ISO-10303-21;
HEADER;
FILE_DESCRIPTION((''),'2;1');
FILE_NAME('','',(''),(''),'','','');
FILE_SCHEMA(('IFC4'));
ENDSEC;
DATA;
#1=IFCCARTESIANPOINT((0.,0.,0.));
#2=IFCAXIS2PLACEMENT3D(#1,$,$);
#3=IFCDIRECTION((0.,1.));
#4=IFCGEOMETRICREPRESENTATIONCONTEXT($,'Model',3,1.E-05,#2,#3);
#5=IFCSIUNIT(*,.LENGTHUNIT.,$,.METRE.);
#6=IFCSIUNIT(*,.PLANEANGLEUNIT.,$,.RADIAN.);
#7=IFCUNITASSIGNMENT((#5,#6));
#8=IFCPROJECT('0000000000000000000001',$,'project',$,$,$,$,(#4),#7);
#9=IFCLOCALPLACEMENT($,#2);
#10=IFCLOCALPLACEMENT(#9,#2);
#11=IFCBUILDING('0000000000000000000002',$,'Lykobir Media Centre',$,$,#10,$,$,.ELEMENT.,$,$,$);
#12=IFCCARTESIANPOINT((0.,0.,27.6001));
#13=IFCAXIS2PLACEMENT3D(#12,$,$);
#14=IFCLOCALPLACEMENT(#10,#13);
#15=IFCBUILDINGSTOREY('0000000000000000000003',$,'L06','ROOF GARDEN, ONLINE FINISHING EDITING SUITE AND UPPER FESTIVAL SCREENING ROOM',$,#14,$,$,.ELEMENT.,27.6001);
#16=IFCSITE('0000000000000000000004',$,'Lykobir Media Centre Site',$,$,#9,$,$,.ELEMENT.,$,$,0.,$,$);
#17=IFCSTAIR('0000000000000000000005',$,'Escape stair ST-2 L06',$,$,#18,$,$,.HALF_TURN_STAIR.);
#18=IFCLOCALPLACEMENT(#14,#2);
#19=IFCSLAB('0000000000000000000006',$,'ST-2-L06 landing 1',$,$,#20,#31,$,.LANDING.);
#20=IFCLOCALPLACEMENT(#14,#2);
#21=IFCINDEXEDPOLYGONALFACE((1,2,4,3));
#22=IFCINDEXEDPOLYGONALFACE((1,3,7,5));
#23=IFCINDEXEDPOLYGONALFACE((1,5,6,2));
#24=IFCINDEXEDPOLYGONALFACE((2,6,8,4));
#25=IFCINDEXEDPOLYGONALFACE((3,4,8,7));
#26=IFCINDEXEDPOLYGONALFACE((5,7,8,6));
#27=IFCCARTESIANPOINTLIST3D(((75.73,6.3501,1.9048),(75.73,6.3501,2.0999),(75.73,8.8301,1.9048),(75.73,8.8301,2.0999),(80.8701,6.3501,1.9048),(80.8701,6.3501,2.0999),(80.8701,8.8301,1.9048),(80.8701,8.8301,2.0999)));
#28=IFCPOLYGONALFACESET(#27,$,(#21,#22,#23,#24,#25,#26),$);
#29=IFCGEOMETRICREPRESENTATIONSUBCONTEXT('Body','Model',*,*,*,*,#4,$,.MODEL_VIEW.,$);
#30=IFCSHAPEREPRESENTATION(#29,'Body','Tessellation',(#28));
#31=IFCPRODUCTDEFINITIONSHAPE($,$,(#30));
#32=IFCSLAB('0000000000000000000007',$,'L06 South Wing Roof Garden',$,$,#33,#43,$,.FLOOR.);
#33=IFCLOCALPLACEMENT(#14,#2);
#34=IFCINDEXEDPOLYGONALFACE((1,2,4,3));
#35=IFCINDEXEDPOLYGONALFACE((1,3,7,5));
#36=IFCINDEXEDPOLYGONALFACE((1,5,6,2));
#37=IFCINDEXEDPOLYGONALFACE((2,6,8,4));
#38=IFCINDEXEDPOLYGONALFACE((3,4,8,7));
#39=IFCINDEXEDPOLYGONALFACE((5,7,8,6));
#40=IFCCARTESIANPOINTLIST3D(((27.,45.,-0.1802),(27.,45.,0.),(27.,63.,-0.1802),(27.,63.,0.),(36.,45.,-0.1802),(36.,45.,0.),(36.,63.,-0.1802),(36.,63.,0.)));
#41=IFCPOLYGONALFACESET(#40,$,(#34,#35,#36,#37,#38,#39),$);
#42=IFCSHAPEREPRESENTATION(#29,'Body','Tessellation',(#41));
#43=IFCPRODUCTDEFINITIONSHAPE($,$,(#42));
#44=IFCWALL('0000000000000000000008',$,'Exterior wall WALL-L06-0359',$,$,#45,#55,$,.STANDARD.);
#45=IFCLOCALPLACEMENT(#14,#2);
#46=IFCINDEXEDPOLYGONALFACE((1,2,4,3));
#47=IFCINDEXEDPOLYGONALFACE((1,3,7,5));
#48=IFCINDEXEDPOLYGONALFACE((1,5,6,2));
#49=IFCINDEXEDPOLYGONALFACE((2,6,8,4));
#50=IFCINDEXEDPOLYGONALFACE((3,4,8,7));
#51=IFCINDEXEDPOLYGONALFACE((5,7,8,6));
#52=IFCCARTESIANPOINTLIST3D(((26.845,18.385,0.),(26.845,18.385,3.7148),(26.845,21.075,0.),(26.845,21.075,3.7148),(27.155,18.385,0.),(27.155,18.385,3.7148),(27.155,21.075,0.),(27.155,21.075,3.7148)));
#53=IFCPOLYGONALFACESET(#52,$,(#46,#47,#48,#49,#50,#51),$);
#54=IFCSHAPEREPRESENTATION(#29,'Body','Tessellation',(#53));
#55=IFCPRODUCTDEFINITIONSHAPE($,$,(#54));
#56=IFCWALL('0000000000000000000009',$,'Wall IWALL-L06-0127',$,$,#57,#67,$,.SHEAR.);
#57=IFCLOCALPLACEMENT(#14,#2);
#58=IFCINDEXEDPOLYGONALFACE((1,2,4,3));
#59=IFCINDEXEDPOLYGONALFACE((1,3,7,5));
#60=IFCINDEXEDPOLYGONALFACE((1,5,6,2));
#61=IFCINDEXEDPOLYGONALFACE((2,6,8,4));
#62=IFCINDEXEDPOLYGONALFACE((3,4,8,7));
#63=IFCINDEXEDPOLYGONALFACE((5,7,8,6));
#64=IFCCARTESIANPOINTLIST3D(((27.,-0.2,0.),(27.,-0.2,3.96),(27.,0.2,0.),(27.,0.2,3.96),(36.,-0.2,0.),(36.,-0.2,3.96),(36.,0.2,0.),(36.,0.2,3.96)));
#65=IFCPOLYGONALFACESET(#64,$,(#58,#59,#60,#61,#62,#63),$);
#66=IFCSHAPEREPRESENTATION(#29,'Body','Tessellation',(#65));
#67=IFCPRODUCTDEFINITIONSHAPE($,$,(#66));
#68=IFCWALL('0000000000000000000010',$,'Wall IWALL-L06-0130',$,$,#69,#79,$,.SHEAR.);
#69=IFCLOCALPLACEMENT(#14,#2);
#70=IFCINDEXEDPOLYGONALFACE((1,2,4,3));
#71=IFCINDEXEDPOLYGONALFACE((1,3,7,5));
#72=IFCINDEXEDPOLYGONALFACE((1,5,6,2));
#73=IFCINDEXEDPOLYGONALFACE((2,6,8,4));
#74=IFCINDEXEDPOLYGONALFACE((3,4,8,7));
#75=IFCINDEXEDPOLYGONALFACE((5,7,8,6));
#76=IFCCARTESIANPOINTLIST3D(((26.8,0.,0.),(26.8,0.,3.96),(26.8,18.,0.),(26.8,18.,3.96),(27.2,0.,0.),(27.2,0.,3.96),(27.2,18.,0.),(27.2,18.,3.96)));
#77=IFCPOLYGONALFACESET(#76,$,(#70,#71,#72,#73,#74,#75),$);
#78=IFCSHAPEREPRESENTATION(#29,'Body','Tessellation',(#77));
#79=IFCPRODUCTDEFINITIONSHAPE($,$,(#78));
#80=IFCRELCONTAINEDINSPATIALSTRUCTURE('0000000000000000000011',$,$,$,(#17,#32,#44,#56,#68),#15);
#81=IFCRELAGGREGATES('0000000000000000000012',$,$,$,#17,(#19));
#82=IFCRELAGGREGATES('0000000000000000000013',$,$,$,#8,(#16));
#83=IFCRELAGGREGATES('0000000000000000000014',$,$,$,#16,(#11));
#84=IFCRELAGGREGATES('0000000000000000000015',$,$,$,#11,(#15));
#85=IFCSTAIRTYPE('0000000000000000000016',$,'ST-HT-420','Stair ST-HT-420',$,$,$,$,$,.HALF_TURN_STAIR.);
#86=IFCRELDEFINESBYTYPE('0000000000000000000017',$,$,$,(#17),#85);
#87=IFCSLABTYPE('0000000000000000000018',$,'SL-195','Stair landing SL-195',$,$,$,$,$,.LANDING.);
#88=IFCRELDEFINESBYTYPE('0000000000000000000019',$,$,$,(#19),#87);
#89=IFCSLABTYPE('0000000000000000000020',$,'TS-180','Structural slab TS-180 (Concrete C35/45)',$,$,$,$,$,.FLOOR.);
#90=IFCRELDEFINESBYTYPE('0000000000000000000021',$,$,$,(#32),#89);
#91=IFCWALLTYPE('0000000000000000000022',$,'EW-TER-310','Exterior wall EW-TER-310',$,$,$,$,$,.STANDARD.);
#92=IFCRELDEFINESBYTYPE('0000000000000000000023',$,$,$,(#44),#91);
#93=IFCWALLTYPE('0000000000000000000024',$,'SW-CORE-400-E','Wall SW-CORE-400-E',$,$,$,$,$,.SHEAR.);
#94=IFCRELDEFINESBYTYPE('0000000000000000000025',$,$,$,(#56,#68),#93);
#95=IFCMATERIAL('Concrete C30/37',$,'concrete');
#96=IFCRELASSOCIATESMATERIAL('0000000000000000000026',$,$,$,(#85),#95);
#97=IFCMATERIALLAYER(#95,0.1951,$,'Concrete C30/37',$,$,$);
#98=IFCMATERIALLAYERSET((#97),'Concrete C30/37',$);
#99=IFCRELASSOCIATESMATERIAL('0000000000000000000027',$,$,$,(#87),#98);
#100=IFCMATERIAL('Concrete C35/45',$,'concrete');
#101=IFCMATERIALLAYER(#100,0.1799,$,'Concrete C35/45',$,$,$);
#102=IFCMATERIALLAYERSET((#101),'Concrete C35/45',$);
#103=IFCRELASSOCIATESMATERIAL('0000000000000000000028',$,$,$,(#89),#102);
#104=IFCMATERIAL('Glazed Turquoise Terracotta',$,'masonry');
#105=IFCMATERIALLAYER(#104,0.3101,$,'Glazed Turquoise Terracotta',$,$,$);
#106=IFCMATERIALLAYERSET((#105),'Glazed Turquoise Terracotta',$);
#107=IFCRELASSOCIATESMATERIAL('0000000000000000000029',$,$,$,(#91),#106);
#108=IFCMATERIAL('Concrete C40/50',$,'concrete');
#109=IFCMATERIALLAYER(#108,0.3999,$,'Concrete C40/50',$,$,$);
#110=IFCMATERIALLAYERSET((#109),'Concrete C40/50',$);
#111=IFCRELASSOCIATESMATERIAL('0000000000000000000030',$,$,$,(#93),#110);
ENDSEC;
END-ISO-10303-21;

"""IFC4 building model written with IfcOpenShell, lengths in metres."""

from ifc_helpers import new_model, si_unit, direction, frame, frame_2d, origin, place, context, subcontext, project, spatial, polyline, rectangle, outline, extrude, material, layer, layer_set, type_object, element, aggregate, save


model = new_model("IFC4")

# Units and contexts
model_context = context("Model", 3, precision=1e-05, world=origin(), true_north=direction((0.0, 1.0)))
body_context = subcontext(model_context, "Body", "Model", "MODEL_VIEW")
ifc_project = project(units=[si_unit("LENGTHUNIT", "METRE"), si_unit("PLANEANGLEUNIT", "RADIAN")], contexts=[model_context])

# Site, building, storey
site_placement = place(None, origin())
site = spatial("IfcSite", under=ifc_project, at=site_placement, Name="Lykobir Media Centre Site", CompositionType="ELEMENT", RefElevation=0.0)
building_placement = place(site_placement, origin())
building = spatial("IfcBuilding", under=site, at=building_placement, Name="Lykobir Media Centre", CompositionType="ELEMENT")
storey_placement = place(building_placement, frame((0.0, 0.0, 27.6001)))
storey = spatial("IfcBuildingStorey", under=building, at=storey_placement, Name="L06", Description="ROOF GARDEN, ONLINE FINISHING EDITING SUITE AND UPPER FESTIVAL SCREENING ROOM", CompositionType="ELEMENT", Elevation=27.6001)

# Shared definitions
ifc_material_1 = material(Name="Concrete C40/50", Category="concrete")

# Shared definitions
ifc_material_2 = material(Name="Concrete C30/37", Category="concrete")

# Stair, slab
stair_type = type_object("IfcStairType", Name="ST-HT-420", Description="Stair ST-HT-420", PredefinedType="HALF_TURN_STAIR", material=ifc_material_2)
ifc_layer_1 = layer(ifc_material_2, 0.1951, Name="Concrete C30/37")
ifc_layer_set_1 = layer_set([ifc_layer_1], Name="Concrete C30/37")
slab_type_1 = type_object("IfcSlabType", Name="SL-195", Description="Stair landing SL-195", PredefinedType="LANDING", material=ifc_layer_set_1)
stair_1_placement = place(storey_placement, origin())
stair_1 = element("IfcStair", 1, at=stair_1_placement, inside=storey, type_object=stair_type, Name="Escape stair ST-2 L06", PredefinedType="HALF_TURN_STAIR")
slab_1_placement = place(storey_placement, frame((0.0, 0.0, 1.9048)))
slab_1 = element("IfcSlab", 2, at=slab_1_placement, type_object=slab_type_1, Name="ST-2-L06 landing 1", PredefinedType="LANDING", context=body_context, shape_type="SweptSolid", body=[
    extrude(outline(polyline([(75.73, 6.3501), (80.8701, 6.3501), (80.8701, 8.8301), (75.73, 8.8301), (75.73, 6.3501)])), origin(), (0.0, 0.0, 1.0), 0.1951),
])
aggregate(stair_1, [slab_1])

# Slab
ifc_material_3 = material(Name="Concrete C35/45", Category="concrete")
ifc_layer_2 = layer(ifc_material_3, 0.1799, Name="Concrete C35/45")
ifc_layer_set_2 = layer_set([ifc_layer_2], Name="Concrete C35/45")
slab_type_2 = type_object("IfcSlabType", Name="TS-180", Description="Structural slab TS-180 (Concrete C35/45)", PredefinedType="FLOOR", material=ifc_layer_set_2)
slab_2_placement = place(storey_placement, frame((0.0, 0.0, -0.1802)))
element("IfcSlab", 3, at=slab_2_placement, inside=storey, type_object=slab_type_2, Name="L06 South Wing Roof Garden", PredefinedType="FLOOR", context=body_context, shape_type="SweptSolid", body=[
    extrude(outline(polyline([(36.0, 45.0), (36.0, 63.0), (27.0, 63.0), (27.0, 45.0), (36.0, 45.0)])), origin(), (0.0, 0.0, 1.0), 0.1802),
])

# Walls
ifc_material_4 = material(Name="Glazed Turquoise Terracotta", Category="masonry")
ifc_layer_3 = layer(ifc_material_4, 0.3101, Name="Glazed Turquoise Terracotta")
ifc_layer_set_3 = layer_set([ifc_layer_3], Name="Glazed Turquoise Terracotta")
wall_type_1 = type_object("IfcWallType", Name="EW-TER-310", Description="Exterior wall EW-TER-310", PredefinedType="STANDARD", material=ifc_layer_set_3)
wall_1_placement = place(storey_placement, frame((27.0, 21.075, 0.0), z_axis=(0.0, 0.0, 1.0), x_axis=(0.0, -1.0, 0.0)))
element("IfcWall", 4, at=wall_1_placement, inside=storey, type_object=wall_type_1, Name="Exterior wall WALL-L06-0359", PredefinedType="STANDARD", context=body_context, shape_type="SweptSolid", body=[
    extrude(rectangle(XDim=2.6899, YDim=0.3101, at=frame_2d((1.345, 0.0))), origin(), (0.0, 0.0, 1.0), 3.7148),
])
ifc_layer_4 = layer(ifc_material_1, 0.3999, Name="Concrete C40/50")
ifc_layer_set_4 = layer_set([ifc_layer_4], Name="Concrete C40/50")
wall_type_2 = type_object("IfcWallType", Name="SW-CORE-400-E", Description="Wall SW-CORE-400-E", PredefinedType="SHEAR", material=ifc_layer_set_4)
wall_2_placement = place(storey_placement, frame((27.0, 0.0, 0.0), z_axis=(0.0, 0.0, 1.0), x_axis=(1.0, 0.0, 0.0)))
element("IfcWall", 5, at=wall_2_placement, inside=storey, type_object=wall_type_2, Name="Wall IWALL-L06-0127", PredefinedType="SHEAR", context=body_context, shape_type="SweptSolid", body=[
    extrude(rectangle(XDim=9.0, YDim=0.3999, at=frame_2d((4.5, 0.0))), origin(), (0.0, 0.0, 1.0), 3.96),
])
wall_3_placement = place(storey_placement, frame((27.0, 18.0, 0.0), z_axis=(0.0, 0.0, 1.0), x_axis=(0.0, -1.0, 0.0)))
element("IfcWall", 6, at=wall_3_placement, inside=storey, type_object=wall_type_2, Name="Wall IWALL-L06-0130", PredefinedType="SHEAR", context=body_context, shape_type="SweptSolid", body=[
    extrude(rectangle(XDim=18.0, YDim=0.3999, at=frame_2d((9.0, 0.0))), origin(), (0.0, 0.0, 1.0), 3.96),
])

save(model, "model.ifc")
